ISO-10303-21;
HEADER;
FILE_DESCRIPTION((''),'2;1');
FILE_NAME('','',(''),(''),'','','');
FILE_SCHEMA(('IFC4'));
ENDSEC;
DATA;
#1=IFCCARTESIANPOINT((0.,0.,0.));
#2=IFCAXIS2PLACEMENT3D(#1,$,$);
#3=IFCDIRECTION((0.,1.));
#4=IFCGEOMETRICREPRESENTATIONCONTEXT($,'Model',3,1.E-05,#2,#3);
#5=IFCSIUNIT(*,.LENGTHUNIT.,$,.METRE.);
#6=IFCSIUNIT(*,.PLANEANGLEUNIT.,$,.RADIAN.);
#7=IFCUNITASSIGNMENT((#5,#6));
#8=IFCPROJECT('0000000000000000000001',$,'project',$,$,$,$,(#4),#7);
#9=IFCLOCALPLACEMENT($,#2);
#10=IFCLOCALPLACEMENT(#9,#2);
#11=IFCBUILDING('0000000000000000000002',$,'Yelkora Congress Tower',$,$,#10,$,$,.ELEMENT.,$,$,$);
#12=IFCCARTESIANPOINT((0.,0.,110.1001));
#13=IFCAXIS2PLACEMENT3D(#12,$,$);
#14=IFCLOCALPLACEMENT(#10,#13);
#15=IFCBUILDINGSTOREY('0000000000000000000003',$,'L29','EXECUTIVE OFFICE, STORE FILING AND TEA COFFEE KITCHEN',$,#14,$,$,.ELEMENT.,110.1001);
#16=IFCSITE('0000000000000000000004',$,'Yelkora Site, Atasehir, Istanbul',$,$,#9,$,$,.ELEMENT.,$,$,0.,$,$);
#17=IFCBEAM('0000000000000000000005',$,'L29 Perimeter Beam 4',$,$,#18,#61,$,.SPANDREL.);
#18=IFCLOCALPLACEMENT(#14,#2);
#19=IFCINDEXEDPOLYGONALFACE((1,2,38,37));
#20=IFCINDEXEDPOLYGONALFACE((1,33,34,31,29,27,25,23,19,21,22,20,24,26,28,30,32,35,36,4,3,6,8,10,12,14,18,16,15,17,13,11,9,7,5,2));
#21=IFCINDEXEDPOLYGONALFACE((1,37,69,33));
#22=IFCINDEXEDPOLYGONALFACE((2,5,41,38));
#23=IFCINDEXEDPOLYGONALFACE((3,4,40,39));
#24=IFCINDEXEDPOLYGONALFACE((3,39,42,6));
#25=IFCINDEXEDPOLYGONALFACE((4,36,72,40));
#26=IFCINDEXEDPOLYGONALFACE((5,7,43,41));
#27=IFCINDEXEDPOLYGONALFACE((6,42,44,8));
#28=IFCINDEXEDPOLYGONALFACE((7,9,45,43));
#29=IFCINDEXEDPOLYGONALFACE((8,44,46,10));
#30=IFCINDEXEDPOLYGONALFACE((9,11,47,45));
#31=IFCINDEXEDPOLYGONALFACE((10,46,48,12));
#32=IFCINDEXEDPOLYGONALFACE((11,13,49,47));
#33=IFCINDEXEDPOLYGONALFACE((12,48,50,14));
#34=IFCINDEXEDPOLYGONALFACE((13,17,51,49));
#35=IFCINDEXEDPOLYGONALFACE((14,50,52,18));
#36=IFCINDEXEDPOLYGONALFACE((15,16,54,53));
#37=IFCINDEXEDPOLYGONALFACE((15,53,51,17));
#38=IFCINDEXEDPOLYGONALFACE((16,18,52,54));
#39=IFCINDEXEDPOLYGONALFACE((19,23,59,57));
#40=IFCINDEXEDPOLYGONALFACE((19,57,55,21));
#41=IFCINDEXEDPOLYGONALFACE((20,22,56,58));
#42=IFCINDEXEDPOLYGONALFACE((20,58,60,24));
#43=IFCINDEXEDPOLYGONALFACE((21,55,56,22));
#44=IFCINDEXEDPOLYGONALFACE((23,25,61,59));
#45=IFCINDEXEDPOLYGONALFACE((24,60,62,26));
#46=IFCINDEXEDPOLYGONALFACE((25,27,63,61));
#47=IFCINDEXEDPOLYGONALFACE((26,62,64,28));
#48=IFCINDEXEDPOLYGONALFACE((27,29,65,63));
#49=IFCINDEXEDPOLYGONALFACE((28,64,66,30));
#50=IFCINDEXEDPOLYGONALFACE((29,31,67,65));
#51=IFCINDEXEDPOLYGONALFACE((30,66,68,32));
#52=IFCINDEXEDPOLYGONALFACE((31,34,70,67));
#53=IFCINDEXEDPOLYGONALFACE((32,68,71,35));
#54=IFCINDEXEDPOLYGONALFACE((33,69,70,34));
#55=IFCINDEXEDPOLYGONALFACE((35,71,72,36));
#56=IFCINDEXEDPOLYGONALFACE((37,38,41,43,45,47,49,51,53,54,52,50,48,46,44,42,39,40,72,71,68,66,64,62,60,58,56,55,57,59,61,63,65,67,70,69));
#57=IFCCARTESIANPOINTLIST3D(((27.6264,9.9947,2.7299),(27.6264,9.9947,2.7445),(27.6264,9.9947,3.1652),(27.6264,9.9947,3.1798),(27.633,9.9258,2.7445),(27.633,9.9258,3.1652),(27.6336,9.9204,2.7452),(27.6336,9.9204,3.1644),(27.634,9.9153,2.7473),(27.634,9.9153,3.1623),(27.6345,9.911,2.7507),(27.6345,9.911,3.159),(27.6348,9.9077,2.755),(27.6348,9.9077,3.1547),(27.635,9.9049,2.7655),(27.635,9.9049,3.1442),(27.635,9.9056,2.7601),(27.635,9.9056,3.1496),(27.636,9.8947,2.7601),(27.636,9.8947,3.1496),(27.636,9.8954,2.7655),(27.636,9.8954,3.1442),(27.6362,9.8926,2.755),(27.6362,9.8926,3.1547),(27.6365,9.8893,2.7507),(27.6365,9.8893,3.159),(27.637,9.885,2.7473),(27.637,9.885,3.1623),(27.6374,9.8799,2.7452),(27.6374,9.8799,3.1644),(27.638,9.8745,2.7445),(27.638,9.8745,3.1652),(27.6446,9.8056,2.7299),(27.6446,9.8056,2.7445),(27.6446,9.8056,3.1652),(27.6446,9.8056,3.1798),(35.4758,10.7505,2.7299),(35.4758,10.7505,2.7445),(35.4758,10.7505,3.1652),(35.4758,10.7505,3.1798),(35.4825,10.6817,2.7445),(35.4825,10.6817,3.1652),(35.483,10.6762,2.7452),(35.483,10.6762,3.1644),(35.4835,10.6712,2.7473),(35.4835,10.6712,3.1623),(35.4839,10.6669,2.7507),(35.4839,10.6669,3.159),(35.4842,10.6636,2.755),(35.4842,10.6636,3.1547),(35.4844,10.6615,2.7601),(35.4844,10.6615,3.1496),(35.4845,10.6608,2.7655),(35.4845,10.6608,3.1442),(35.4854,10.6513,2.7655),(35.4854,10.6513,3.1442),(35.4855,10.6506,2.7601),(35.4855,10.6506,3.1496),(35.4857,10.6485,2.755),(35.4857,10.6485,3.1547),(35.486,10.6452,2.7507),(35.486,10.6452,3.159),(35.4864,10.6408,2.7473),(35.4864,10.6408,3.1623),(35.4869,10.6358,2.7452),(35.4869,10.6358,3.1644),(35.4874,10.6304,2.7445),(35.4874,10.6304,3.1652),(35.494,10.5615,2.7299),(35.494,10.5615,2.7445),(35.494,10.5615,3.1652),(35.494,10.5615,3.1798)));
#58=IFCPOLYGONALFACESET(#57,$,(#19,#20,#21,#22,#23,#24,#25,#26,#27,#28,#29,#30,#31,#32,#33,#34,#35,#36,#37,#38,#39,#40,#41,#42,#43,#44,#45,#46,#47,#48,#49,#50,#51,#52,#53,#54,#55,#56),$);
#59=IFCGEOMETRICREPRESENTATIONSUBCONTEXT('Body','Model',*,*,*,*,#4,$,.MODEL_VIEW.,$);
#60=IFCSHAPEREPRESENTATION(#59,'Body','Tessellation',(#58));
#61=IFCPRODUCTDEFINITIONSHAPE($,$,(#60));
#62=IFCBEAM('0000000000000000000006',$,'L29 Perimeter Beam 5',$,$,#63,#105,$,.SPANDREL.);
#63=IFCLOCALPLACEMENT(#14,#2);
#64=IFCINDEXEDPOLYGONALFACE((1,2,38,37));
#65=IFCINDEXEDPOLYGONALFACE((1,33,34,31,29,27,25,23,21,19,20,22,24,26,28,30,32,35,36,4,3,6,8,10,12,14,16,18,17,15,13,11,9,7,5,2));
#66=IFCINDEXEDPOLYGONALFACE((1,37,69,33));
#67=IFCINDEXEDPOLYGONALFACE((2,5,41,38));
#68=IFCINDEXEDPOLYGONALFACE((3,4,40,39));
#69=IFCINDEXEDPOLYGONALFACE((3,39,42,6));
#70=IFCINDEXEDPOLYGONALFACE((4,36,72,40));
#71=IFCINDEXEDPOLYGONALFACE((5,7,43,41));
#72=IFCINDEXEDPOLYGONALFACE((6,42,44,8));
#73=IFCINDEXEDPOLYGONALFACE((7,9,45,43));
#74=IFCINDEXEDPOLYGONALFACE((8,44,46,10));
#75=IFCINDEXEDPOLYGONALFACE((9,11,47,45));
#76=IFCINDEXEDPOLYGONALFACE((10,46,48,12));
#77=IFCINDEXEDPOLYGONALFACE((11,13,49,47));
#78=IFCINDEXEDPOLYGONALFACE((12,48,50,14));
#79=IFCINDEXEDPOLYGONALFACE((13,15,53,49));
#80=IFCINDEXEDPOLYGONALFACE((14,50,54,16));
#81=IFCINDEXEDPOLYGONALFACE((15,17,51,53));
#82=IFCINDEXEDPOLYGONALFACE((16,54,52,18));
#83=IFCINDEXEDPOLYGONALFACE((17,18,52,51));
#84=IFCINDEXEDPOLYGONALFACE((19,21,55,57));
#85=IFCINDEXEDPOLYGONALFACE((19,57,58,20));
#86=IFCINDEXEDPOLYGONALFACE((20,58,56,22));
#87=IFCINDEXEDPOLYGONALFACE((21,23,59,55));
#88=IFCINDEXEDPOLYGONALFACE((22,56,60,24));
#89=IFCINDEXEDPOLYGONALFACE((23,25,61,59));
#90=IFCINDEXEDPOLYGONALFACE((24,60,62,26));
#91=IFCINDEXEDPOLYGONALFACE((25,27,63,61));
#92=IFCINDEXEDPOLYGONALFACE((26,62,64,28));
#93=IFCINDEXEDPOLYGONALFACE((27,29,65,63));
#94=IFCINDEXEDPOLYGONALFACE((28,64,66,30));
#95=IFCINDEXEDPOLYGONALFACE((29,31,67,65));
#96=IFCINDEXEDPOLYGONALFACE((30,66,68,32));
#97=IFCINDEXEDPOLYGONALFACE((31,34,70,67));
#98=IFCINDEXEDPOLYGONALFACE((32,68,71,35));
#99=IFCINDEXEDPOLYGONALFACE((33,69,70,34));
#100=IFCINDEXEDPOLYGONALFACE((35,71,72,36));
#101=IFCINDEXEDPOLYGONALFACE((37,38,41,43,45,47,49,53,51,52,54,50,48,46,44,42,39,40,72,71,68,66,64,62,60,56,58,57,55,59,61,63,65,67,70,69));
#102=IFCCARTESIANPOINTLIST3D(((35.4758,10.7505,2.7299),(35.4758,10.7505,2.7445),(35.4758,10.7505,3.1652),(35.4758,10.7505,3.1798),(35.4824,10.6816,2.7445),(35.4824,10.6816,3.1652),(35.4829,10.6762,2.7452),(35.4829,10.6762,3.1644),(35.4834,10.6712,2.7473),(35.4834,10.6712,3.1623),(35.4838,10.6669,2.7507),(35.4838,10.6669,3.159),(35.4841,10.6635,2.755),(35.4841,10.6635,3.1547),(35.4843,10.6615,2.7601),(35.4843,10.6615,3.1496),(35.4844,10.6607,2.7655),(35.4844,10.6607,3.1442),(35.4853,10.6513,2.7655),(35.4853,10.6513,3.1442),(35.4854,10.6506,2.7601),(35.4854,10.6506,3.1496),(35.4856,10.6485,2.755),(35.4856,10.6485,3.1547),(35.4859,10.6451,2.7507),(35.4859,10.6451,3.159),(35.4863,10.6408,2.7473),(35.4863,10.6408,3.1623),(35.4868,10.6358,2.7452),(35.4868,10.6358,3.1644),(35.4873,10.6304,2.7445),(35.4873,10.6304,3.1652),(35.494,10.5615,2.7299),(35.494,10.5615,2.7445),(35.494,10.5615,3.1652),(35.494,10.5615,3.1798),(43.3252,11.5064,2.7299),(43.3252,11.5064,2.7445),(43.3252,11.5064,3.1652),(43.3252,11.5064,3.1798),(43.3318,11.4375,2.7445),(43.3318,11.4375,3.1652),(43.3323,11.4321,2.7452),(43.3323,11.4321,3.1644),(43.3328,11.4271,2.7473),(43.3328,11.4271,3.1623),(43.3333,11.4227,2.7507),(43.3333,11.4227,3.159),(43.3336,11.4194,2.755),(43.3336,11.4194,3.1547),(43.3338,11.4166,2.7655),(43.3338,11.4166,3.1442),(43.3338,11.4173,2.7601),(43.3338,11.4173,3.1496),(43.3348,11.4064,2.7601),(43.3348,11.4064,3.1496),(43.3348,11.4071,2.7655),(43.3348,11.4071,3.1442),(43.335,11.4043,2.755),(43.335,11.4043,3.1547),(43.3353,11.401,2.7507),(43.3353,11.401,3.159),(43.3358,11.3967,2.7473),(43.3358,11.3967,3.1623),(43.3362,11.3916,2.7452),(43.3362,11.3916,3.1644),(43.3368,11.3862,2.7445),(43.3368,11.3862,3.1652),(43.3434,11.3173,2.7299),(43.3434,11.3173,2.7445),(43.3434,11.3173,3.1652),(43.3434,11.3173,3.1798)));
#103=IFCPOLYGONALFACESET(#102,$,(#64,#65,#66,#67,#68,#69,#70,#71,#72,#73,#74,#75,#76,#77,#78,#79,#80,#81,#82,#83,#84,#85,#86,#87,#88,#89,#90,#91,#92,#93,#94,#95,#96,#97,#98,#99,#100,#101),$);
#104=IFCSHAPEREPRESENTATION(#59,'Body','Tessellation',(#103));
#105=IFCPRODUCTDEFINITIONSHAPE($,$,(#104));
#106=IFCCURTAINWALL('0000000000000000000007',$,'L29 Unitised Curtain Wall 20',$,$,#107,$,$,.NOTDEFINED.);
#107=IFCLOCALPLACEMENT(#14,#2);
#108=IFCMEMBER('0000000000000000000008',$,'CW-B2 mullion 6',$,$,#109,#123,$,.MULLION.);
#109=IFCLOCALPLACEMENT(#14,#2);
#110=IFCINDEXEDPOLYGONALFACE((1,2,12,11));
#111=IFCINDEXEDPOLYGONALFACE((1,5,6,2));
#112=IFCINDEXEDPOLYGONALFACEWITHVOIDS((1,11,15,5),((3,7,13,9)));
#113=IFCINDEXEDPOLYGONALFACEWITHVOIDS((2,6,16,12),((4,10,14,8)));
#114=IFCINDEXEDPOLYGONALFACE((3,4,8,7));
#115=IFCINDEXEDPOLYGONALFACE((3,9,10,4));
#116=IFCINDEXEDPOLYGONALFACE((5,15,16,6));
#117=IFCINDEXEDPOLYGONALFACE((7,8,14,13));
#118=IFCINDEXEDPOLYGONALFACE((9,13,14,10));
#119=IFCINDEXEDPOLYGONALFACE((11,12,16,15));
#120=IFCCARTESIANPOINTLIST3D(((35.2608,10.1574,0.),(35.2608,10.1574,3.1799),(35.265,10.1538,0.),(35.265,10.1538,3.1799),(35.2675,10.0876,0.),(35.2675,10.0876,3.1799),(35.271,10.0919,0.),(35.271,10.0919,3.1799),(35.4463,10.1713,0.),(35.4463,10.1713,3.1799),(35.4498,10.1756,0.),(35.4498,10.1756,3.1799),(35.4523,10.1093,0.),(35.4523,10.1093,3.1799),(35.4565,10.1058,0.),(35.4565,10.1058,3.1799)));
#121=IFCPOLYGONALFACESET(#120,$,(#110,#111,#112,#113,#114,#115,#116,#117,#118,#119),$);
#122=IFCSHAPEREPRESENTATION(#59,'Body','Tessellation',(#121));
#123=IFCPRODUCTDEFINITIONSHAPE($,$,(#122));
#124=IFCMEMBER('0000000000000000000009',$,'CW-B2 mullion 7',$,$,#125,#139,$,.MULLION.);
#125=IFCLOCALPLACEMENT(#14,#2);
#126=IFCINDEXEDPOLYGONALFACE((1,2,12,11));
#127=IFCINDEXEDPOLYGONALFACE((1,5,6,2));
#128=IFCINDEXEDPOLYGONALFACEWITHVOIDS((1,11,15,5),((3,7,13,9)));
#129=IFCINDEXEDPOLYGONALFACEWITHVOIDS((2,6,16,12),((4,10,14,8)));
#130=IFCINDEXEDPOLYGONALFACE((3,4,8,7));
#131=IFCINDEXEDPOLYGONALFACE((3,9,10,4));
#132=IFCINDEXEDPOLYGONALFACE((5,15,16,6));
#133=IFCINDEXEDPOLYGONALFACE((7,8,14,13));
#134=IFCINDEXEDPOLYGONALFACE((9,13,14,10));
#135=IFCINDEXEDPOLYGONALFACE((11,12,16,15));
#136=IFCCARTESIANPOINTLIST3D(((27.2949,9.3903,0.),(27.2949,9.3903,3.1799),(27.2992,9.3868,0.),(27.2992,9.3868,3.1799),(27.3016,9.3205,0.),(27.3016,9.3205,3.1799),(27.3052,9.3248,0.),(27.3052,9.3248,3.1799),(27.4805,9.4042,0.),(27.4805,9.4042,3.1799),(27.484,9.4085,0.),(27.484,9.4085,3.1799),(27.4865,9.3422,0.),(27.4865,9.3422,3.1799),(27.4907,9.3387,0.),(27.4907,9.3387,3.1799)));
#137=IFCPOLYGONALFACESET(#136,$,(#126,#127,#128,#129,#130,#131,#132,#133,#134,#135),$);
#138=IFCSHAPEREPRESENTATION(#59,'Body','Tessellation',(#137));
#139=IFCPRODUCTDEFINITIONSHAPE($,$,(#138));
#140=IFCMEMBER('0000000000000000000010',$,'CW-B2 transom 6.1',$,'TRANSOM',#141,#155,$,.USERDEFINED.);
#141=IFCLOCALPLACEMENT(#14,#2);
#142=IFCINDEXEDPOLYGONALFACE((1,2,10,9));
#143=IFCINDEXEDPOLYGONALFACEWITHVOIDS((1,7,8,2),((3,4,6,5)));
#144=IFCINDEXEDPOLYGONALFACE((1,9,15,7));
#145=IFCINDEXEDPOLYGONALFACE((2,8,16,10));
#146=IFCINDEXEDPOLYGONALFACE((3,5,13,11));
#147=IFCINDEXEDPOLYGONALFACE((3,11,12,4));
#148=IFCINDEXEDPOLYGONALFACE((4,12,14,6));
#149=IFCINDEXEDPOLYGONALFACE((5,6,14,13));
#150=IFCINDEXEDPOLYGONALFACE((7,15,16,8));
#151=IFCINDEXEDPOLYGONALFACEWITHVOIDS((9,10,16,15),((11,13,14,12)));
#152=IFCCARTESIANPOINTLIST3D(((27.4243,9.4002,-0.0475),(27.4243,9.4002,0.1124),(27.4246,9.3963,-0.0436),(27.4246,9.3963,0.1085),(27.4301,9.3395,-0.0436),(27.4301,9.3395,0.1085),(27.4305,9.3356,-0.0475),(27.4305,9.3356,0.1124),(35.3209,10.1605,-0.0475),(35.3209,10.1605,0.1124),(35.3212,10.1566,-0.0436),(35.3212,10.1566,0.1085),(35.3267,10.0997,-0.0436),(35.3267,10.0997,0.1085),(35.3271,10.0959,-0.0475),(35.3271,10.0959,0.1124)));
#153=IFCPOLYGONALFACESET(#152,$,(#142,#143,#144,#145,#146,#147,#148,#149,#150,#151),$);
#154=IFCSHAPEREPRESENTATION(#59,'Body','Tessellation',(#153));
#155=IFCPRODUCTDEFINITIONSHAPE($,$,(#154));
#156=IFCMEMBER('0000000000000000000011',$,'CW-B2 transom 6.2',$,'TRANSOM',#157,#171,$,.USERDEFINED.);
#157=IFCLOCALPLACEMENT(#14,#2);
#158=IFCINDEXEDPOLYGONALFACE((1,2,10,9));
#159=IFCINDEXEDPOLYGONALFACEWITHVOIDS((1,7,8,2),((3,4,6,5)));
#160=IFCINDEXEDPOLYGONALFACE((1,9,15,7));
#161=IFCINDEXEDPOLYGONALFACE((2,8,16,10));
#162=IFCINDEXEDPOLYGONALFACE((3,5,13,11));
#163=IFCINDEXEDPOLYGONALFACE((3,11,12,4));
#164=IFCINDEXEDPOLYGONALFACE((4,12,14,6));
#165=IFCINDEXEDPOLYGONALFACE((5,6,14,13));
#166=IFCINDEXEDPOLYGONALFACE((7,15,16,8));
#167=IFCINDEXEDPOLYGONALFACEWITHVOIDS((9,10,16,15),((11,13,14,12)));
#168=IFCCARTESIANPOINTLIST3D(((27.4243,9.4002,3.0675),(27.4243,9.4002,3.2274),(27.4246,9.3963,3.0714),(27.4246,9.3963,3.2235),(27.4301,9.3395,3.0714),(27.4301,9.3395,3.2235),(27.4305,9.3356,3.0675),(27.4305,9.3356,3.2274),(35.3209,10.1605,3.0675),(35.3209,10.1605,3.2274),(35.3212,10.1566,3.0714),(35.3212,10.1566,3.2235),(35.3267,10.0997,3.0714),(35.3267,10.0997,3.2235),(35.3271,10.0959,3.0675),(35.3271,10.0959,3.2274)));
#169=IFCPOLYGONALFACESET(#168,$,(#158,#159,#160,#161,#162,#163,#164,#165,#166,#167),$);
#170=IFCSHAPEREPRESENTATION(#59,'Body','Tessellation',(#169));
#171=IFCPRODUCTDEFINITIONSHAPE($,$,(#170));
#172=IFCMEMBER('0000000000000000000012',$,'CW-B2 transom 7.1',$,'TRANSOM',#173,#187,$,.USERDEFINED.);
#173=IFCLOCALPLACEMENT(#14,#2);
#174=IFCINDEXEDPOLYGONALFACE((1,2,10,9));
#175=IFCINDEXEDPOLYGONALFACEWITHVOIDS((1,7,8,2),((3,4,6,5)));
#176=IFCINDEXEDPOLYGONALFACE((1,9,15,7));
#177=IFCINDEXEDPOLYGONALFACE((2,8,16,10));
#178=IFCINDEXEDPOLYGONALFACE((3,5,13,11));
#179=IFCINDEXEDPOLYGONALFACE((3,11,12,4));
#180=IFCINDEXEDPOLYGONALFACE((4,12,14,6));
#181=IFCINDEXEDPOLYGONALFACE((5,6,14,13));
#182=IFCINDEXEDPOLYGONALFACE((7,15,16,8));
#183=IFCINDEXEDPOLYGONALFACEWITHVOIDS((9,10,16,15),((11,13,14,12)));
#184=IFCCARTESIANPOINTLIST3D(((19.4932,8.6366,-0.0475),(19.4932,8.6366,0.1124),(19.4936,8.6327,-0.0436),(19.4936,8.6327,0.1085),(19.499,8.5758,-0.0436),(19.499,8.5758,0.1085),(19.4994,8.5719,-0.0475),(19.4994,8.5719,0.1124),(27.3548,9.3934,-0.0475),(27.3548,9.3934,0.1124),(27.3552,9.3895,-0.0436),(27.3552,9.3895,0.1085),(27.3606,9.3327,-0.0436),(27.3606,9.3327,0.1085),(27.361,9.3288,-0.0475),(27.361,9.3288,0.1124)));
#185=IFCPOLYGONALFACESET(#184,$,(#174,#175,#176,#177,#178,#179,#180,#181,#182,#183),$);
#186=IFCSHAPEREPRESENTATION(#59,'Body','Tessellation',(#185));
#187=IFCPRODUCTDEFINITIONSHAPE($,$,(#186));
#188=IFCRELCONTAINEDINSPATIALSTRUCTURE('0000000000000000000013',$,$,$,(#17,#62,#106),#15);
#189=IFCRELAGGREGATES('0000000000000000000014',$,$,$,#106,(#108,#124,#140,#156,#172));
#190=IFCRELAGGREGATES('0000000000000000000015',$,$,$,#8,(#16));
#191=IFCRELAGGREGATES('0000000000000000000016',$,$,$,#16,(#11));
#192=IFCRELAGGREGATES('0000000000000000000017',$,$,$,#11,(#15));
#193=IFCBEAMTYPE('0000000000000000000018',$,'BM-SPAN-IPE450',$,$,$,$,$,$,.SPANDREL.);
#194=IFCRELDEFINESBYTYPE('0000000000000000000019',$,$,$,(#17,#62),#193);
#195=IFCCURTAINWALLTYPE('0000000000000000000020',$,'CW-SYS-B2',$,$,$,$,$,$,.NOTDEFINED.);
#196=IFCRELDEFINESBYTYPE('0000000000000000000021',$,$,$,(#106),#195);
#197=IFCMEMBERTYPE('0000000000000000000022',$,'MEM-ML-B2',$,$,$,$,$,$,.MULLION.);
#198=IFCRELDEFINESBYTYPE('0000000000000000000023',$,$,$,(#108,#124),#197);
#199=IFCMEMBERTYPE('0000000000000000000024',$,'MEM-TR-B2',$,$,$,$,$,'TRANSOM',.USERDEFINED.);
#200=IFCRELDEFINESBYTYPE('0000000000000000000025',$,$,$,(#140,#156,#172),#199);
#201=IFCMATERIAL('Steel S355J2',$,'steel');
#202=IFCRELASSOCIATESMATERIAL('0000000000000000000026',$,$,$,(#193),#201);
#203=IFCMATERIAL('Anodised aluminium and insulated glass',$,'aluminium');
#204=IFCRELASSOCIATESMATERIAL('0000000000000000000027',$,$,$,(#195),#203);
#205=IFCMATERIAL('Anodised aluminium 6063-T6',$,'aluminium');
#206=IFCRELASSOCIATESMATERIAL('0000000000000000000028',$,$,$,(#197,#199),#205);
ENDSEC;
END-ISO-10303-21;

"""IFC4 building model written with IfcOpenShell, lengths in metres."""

from ifc_helpers import new_model, si_unit, direction, frame, origin, origin_2d, place, context, subcontext, project, spatial, hollow_rectangle, i_section, extrude, material, material_profile, profile_set, type_object, element, aggregate, save


model = new_model("IFC4")

# Units and contexts
model_context = context("Model", 3, precision=1e-05, world=origin(), true_north=direction((0.0, 1.0)))
body_context = subcontext(model_context, "Body", "Model", "MODEL_VIEW")
ifc_project = project(units=[si_unit("LENGTHUNIT", "METRE"), si_unit("PLANEANGLEUNIT", "RADIAN")], contexts=[model_context])

# Site, building, storey
site_placement = place(None, origin())
site = spatial("IfcSite", under=ifc_project, at=site_placement, Name="Yelkora Site, Atasehir, Istanbul", CompositionType="ELEMENT", RefElevation=0.0)
building_placement = place(site_placement, origin())
building = spatial("IfcBuilding", under=site, at=building_placement, Name="Yelkora Congress Tower", CompositionType="ELEMENT")
storey_placement = place(building_placement, frame((0.0, 0.0, 110.1001)))
storey = spatial("IfcBuildingStorey", under=building, at=storey_placement, Name="L29", Description="EXECUTIVE OFFICE, STORE FILING AND TEA COFFEE KITCHEN", CompositionType="ELEMENT", Elevation=110.1001)

# Beams
ifc_material_1 = material(Name="Steel S355J2", Category="steel")
ifc_material_profile_1 = material_profile(ifc_material_1, i_section(OverallWidth=0.1899, OverallDepth=0.45, WebThickness=0.0095, FlangeThickness=0.0146, FilletRadius=0.021, at=origin_2d()), Name="IPE 450")
ifc_profile_set_1 = profile_set([ifc_material_profile_1], Name="Steel S355J2")
beam_type_1 = type_object("IfcBeamType", Name="BM-SPAN-IPE450", PredefinedType="SPANDREL", material=ifc_profile_set_1)
for number, where, z_axis, x_axis, name in (
    (1, (27.6355, 9.9001, 2.9548), (0.995396, 0.095852, 0.0), (-0.095852, 0.995396, 0.0), "L29 Perimeter Beam 4"),
    (2, (35.4849, 10.656, 2.9548), (0.995396, 0.095852, 0.0), (-0.095852, 0.995396, 0.0), "L29 Perimeter Beam 5"),
):
    element("IfcBeam", number, at=place(storey_placement, frame(where, z_axis=z_axis, x_axis=x_axis)), inside=storey, type_object=beam_type_1, Name=name, PredefinedType="SPANDREL", context=body_context, shape_type="SweptSolid", body=[
        extrude(i_section(OverallWidth=0.1899, OverallDepth=0.45, WebThickness=0.0095, FlangeThickness=0.0146, FilletRadius=0.021, at=origin_2d()), origin(), (0.0, 0.0, 1.0), 7.8857),
    ])

# Curtain wall, members
ifc_material_2 = material(Name="Anodised aluminium and insulated glass", Category="aluminium")
curtain_wall_type = type_object("IfcCurtainWallType", Name="CW-SYS-B2", PredefinedType="NOTDEFINED", material=ifc_material_2)
curtain_wall_placement = place(storey_placement, origin())
curtain_wall = element("IfcCurtainWall", 3, at=curtain_wall_placement, inside=storey, type_object=curtain_wall_type, Name="L29 Unitised Curtain Wall 20", PredefinedType="NOTDEFINED")
ifc_material_3 = material(Name="Anodised aluminium 6063-T6", Category="aluminium")
ifc_material_profile_2 = material_profile(ifc_material_3, hollow_rectangle(XDim=0.0701, YDim=0.1899, WallThickness=0.0039, at=origin_2d()), Name="ALU 70x190x4")
ifc_profile_set_2 = profile_set([ifc_material_profile_2], Name="Anodised aluminium 6063-T6")
member_type_1 = type_object("IfcMemberType", Name="MEM-ML-B2", PredefinedType="MULLION", material=ifc_profile_set_2)
member_1_placement = place(storey_placement, frame((35.3586, 10.1316, 0.0), z_axis=(0.0, 0.0, 1.0), x_axis=(0.095844, -0.995396, 0.0)))
member_1 = element("IfcMember", 4, at=member_1_placement, type_object=member_type_1, Name="CW-B2 mullion 6", PredefinedType="MULLION", context=body_context, shape_type="SweptSolid", body=[
    extrude(hollow_rectangle(XDim=0.0701, YDim=0.1899, WallThickness=0.0039, at=origin_2d()), origin(), (0.0, 0.0, 1.0), 3.1799),
])
member_2_placement = place(storey_placement, frame((27.3928, 9.3645, 0.0), z_axis=(0.0, 0.0, 1.0), x_axis=(0.095844, -0.995396, 0.0)))
member_2 = element("IfcMember", 5, at=member_2_placement, type_object=member_type_1, Name="CW-B2 mullion 7", PredefinedType="MULLION", context=body_context, shape_type="SweptSolid", body=[
    extrude(hollow_rectangle(XDim=0.0701, YDim=0.1899, WallThickness=0.0039, at=origin_2d()), origin(), (0.0, 0.0, 1.0), 3.1799),
])
ifc_material_profile_3 = material_profile(ifc_material_3, hollow_rectangle(XDim=0.0649, YDim=0.1599, WallThickness=0.0039, at=origin_2d()), Name="ALU 65x160x4")
ifc_profile_set_3 = profile_set([ifc_material_profile_3], Name="Anodised aluminium 6063-T6")
member_type_2 = type_object("IfcMemberType", Name="MEM-TR-B2", ElementType="TRANSOM", PredefinedType="USERDEFINED", material=ifc_profile_set_3)
member_3_placement = place(storey_placement, frame((35.324, 10.1282, 0.0325), z_axis=(-0.995397, -0.095834, 0.0), x_axis=(0.095834, -0.995397, 0.0)))
member_3 = element("IfcMember", 6, at=member_3_placement, type_object=member_type_2, Name="CW-B2 transom 6.1", ObjectType="TRANSOM", PredefinedType="USERDEFINED", context=body_context, shape_type="SweptSolid", body=[
    extrude(hollow_rectangle(XDim=0.0649, YDim=0.1599, WallThickness=0.0039, at=origin_2d()), origin(), (0.0, 0.0, 1.0), 7.9331),
])
member_4_placement = place(storey_placement, frame((35.324, 10.1282, 3.1475), z_axis=(-0.995397, -0.095834, 0.0), x_axis=(0.095834, -0.995397, 0.0)))
member_4 = element("IfcMember", 7, at=member_4_placement, type_object=member_type_2, Name="CW-B2 transom 6.2", ObjectType="TRANSOM", PredefinedType="USERDEFINED", context=body_context, shape_type="SweptSolid", body=[
    extrude(hollow_rectangle(XDim=0.0649, YDim=0.1599, WallThickness=0.0039, at=origin_2d()), origin(), (0.0, 0.0, 1.0), 7.9331),
])
member_5_placement = place(storey_placement, frame((27.3579, 9.3611, 0.0325), z_axis=(-0.995398, -0.095827, 0.0), x_axis=(0.095827, -0.995398, 0.0)))
member_5 = element("IfcMember", 8, at=member_5_placement, type_object=member_type_2, Name="CW-B2 transom 7.1", ObjectType="TRANSOM", PredefinedType="USERDEFINED", context=body_context, shape_type="SweptSolid", body=[
    extrude(hollow_rectangle(XDim=0.0649, YDim=0.1599, WallThickness=0.0039, at=origin_2d()), origin(), (0.0, 0.0, 1.0), 7.8979),
])
aggregate(curtain_wall, [member_1, member_2, member_3, member_4, member_5])

save(model, "model.ifc")
